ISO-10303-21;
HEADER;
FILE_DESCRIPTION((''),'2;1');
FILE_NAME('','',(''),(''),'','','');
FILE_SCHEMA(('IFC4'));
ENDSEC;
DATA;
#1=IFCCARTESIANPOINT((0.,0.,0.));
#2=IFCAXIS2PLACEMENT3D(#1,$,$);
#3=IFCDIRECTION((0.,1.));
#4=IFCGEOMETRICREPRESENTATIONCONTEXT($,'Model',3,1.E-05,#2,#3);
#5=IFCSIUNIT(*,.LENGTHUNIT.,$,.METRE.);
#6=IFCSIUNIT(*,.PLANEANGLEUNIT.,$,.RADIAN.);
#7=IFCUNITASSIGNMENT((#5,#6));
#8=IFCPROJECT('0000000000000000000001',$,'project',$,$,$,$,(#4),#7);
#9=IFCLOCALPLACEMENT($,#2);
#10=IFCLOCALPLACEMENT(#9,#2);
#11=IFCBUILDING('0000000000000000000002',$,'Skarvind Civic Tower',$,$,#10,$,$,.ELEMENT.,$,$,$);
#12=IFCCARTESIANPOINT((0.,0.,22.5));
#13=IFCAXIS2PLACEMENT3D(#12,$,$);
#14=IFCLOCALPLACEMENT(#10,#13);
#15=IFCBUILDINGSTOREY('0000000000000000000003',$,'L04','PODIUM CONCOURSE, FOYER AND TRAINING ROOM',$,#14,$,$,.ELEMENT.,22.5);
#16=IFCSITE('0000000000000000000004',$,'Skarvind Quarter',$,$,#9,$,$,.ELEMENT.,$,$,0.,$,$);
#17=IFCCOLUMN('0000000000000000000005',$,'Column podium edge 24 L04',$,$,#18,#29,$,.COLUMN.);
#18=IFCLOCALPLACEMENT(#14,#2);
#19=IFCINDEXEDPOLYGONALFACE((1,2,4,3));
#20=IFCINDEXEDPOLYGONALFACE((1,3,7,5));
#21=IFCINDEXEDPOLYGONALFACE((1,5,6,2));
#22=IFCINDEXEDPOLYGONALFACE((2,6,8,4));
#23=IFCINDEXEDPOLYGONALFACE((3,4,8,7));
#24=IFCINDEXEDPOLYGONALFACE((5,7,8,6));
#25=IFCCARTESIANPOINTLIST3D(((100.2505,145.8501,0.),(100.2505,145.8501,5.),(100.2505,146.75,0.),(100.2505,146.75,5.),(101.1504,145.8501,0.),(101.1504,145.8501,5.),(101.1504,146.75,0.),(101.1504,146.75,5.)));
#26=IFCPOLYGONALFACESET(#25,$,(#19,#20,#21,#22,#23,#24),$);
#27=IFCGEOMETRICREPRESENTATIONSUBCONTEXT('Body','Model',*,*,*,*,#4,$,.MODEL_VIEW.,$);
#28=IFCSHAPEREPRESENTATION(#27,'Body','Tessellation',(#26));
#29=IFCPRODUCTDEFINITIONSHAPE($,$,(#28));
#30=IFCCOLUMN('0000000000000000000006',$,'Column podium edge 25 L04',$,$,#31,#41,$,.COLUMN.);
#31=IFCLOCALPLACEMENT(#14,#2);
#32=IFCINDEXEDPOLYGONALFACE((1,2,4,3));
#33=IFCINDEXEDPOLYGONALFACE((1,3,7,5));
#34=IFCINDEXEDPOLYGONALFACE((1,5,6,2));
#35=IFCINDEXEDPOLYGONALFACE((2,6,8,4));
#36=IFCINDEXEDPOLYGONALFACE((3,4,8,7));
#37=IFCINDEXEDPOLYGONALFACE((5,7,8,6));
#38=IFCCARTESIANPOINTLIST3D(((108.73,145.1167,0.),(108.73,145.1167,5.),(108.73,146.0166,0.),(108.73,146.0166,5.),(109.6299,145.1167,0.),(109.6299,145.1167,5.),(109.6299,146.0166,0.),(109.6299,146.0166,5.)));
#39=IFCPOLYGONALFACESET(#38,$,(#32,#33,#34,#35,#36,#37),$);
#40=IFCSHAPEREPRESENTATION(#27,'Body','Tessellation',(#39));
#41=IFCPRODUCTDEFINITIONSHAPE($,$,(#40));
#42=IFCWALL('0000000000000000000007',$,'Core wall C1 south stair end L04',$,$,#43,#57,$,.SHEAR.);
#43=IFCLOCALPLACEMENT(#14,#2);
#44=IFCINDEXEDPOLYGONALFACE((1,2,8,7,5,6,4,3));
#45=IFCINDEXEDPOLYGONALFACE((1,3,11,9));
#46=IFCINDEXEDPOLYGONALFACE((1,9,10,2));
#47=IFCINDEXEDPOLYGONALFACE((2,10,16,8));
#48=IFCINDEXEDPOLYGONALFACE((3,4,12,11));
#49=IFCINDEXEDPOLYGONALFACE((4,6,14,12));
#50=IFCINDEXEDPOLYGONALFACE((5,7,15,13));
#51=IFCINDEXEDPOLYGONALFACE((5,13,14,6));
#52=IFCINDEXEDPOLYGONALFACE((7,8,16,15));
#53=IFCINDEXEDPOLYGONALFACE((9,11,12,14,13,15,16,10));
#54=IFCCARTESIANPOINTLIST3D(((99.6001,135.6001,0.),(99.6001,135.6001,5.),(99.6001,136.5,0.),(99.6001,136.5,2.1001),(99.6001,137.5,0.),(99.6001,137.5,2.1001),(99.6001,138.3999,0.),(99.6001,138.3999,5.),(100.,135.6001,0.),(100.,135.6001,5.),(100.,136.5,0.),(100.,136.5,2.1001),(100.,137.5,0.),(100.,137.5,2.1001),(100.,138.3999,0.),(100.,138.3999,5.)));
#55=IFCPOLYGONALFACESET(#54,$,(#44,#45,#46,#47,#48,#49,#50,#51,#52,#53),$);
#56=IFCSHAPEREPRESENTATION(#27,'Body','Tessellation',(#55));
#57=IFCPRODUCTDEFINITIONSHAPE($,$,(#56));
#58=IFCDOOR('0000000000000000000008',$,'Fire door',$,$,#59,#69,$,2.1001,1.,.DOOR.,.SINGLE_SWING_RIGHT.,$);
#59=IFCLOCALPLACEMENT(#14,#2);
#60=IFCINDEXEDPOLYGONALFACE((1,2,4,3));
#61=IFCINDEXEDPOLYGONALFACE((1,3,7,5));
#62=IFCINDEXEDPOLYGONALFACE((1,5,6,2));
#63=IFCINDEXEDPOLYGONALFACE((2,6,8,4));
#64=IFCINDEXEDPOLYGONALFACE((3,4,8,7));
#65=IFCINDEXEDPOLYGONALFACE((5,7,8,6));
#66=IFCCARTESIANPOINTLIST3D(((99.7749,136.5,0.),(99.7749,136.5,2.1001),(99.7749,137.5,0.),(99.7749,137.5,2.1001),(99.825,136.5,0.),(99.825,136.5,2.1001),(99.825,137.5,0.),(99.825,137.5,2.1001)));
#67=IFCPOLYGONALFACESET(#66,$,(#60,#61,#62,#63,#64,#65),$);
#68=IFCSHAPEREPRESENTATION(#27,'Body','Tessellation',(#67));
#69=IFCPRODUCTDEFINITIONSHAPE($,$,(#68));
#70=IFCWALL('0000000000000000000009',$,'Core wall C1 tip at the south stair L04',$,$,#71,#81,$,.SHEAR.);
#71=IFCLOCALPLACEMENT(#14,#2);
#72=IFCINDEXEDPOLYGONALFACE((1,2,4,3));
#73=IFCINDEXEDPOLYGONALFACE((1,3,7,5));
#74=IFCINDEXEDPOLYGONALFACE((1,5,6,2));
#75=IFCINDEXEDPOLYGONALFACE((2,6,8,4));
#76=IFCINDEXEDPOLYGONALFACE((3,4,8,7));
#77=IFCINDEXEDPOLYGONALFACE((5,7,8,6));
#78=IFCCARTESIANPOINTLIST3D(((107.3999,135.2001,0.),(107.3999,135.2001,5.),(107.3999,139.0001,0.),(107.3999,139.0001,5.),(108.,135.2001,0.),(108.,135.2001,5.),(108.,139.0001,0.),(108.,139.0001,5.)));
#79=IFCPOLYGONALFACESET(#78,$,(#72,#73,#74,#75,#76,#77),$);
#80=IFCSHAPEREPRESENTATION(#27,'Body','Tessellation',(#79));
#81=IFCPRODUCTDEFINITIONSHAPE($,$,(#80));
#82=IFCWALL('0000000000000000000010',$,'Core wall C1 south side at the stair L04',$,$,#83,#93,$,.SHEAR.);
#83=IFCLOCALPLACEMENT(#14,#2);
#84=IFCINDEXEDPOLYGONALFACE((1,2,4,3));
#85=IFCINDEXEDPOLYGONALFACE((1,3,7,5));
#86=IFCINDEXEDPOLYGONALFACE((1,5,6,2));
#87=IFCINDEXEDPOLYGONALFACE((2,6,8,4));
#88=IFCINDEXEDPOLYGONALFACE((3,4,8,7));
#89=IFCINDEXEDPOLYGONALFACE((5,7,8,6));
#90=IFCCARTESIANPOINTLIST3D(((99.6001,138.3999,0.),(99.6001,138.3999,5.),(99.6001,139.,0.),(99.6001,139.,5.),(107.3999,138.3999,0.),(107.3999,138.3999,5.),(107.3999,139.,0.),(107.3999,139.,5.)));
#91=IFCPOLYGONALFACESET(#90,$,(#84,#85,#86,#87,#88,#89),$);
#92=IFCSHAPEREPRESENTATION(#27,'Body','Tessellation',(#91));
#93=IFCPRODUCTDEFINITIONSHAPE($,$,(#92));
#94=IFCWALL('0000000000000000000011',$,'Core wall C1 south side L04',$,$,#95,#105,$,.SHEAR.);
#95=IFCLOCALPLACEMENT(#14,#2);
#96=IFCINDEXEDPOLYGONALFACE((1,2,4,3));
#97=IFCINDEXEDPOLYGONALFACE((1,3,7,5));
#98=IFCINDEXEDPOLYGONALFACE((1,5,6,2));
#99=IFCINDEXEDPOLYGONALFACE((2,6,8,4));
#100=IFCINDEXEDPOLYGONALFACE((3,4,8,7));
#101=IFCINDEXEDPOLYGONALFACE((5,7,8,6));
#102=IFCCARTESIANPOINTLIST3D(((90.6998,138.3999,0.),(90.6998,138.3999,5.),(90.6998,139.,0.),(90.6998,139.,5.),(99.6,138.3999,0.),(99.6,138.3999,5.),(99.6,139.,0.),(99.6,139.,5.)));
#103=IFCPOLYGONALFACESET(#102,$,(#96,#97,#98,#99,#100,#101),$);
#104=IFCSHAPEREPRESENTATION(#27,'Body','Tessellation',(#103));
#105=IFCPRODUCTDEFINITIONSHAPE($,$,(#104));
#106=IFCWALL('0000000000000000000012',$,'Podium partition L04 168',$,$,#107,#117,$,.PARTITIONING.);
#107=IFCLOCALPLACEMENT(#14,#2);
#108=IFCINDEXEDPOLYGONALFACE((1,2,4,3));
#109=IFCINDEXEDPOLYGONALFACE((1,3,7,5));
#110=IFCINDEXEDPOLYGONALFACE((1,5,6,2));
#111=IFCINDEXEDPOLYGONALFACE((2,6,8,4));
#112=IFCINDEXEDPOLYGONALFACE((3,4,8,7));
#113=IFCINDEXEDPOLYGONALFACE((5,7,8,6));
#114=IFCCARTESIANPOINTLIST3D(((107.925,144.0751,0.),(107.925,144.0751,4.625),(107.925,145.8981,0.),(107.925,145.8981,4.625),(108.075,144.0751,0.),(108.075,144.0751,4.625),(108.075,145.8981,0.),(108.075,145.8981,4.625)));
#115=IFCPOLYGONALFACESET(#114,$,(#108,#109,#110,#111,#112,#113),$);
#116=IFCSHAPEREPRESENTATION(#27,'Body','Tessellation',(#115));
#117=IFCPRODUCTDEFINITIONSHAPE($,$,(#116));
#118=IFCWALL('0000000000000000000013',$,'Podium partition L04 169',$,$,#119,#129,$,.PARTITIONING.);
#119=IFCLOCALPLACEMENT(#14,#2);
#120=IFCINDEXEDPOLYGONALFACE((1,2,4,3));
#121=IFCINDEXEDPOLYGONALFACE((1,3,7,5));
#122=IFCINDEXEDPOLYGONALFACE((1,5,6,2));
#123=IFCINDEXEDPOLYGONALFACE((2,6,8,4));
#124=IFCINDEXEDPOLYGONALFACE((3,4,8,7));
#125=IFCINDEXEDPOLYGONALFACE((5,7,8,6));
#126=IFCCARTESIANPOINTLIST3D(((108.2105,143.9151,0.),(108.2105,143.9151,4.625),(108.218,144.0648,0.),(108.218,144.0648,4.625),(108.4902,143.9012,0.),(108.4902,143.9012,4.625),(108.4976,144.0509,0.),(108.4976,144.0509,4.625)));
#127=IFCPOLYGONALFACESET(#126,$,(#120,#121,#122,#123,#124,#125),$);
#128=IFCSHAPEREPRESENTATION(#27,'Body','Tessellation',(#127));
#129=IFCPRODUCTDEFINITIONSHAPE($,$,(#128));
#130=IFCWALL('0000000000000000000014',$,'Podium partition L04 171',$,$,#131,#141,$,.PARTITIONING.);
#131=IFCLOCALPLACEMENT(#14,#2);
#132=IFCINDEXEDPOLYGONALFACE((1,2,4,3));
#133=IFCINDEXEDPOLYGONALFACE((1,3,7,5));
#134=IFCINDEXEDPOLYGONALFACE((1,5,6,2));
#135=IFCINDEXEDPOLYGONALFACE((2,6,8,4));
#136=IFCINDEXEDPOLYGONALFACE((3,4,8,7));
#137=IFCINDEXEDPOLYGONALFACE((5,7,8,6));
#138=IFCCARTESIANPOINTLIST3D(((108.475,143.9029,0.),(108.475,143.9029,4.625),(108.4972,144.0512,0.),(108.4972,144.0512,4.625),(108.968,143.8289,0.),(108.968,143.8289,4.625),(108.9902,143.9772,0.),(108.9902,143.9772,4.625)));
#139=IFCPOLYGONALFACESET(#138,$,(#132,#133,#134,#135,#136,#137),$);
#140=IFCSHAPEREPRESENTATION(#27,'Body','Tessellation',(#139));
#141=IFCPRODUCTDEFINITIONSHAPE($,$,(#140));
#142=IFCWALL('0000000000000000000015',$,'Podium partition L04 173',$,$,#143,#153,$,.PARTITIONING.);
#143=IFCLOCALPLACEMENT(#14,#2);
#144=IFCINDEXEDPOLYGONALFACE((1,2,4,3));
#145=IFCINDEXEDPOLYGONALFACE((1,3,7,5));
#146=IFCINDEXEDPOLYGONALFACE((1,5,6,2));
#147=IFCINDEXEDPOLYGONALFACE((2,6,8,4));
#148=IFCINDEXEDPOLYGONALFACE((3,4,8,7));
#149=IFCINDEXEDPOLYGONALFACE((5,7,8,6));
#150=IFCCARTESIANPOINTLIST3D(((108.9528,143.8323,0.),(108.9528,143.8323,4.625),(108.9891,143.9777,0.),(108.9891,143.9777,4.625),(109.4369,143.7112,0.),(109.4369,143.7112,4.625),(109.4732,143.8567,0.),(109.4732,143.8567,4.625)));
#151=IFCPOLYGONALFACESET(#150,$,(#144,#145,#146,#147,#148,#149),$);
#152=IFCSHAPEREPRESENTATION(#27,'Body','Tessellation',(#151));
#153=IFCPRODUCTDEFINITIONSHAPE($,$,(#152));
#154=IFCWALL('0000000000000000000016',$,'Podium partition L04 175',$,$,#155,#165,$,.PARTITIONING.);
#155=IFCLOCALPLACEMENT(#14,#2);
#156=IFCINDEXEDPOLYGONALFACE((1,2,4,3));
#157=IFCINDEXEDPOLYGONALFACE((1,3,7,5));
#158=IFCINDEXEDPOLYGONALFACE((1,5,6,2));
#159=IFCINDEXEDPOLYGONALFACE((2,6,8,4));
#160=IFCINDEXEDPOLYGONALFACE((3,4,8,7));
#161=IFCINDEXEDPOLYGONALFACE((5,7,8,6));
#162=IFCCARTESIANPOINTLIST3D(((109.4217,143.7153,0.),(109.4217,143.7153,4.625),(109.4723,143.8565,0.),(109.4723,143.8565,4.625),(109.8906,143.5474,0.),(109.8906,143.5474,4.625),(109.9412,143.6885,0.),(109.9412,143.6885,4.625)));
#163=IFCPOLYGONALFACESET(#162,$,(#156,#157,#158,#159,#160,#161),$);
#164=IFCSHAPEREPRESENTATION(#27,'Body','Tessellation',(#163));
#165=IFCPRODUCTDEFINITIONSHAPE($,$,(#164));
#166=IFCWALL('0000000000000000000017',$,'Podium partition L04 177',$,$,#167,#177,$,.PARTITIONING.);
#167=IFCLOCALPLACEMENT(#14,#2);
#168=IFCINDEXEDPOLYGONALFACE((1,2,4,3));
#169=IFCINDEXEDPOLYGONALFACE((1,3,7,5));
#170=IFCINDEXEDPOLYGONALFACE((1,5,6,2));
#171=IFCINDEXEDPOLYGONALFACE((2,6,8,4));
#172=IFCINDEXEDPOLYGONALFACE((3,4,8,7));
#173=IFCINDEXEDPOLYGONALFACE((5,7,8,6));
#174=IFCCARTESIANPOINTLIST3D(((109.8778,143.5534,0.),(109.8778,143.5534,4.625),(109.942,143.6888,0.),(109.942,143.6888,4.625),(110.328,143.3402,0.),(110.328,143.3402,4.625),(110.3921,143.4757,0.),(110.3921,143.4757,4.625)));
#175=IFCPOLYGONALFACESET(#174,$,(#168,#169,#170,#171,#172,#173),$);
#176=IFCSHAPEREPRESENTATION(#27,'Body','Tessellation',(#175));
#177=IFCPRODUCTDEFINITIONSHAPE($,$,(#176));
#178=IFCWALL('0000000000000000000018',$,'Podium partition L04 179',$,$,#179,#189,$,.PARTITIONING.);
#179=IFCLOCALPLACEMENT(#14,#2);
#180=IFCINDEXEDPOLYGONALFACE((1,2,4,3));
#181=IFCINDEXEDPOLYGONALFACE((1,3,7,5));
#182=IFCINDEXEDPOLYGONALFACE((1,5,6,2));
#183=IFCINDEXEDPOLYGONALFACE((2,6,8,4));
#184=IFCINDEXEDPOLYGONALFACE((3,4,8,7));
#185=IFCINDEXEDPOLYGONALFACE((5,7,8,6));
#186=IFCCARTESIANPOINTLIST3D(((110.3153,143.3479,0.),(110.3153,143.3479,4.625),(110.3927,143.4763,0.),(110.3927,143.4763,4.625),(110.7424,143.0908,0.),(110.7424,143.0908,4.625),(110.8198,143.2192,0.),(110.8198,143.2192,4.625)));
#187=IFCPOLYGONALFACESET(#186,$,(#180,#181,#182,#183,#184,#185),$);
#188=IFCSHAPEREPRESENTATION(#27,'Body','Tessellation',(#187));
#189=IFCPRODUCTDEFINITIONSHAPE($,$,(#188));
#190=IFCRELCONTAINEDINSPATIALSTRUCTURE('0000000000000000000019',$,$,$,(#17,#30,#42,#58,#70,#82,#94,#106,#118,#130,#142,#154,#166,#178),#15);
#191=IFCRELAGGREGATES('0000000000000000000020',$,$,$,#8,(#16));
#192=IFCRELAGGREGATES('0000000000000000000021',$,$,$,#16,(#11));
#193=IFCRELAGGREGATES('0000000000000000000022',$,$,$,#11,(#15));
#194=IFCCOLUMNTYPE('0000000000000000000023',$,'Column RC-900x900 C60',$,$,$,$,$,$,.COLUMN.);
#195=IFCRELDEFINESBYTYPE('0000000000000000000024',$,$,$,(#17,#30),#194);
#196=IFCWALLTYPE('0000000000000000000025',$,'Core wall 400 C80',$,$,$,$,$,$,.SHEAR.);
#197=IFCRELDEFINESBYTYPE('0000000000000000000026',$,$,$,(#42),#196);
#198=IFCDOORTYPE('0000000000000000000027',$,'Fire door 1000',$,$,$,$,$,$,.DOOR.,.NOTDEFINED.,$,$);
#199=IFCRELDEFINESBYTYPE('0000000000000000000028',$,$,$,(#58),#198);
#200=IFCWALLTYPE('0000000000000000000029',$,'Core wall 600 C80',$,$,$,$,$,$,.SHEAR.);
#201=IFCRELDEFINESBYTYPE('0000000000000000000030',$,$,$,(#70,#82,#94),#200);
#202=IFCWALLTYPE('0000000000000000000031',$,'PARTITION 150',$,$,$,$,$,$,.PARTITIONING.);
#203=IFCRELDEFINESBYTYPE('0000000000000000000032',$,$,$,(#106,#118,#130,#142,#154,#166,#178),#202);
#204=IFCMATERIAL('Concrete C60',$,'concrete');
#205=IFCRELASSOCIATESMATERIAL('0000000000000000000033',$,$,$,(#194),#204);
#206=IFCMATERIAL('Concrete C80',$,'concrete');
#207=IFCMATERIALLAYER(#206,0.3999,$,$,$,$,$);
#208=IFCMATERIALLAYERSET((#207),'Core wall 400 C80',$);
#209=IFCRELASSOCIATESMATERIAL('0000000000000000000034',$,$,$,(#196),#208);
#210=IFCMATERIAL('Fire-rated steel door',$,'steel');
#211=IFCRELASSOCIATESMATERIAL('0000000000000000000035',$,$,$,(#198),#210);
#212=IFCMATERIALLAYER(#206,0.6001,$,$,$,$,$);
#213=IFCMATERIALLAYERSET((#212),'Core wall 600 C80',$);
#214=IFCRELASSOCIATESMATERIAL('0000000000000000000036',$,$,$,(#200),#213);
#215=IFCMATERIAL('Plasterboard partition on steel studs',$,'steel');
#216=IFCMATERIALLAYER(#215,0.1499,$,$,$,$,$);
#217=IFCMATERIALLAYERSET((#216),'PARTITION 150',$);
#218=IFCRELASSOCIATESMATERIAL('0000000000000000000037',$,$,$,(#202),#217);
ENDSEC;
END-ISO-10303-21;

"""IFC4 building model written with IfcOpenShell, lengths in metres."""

from ifc_helpers import new_model, si_unit, direction, frame, frame_2d, origin, origin_2d, place, context, subcontext, project, spatial, rectangle, extrude, material, layer, layer_set, material_profile, profile_set, type_object, element, fill, save


model = new_model("IFC4")

# Units and contexts
model_context = context("Model", 3, precision=1e-05, world=origin(), true_north=direction((0.0, 1.0)))
body_context = subcontext(model_context, "Body", "Model", "MODEL_VIEW")
ifc_project = project(units=[si_unit("LENGTHUNIT", "METRE"), si_unit("PLANEANGLEUNIT", "RADIAN")], contexts=[model_context])

# Site, building, storey
site_placement = place(None, origin())
site = spatial("IfcSite", under=ifc_project, at=site_placement, Name="Skarvind Quarter", CompositionType="ELEMENT", RefElevation=0.0)
building_placement = place(site_placement, origin())
building = spatial("IfcBuilding", under=site, at=building_placement, Name="Skarvind Civic Tower", CompositionType="ELEMENT")
storey_placement = place(building_placement, frame((0.0, 0.0, 22.5)))
storey = spatial("IfcBuildingStorey", under=building, at=storey_placement, Name="L04", Description="PODIUM CONCOURSE, FOYER AND TRAINING ROOM", CompositionType="ELEMENT", Elevation=22.5)

# Columns
ifc_material_1 = material(Name="Concrete C60", Category="concrete")
ifc_material_profile = material_profile(ifc_material_1, rectangle(XDim=0.8999, YDim=0.8999, at=origin_2d()), Name="RC-900x900")
ifc_profile_set = profile_set([ifc_material_profile], Name="Concrete C60")
column_type = type_object("IfcColumnType", Name="Column RC-900x900 C60", PredefinedType="COLUMN", material=ifc_profile_set)
for number, where, z_axis, x_axis, name in (
    (1, (100.7004, 146.3, 0.0), (0.0, 0.0, 1.0), (1.0, 0.0, 0.0), "Column podium edge 24 L04"),
    (2, (109.1799, 145.5667, 0.0), (0.0, 0.0, 1.0), (1.0, 0.0, 0.0), "Column podium edge 25 L04"),
):
    element("IfcColumn", number, at=place(storey_placement, frame(where, z_axis=z_axis, x_axis=x_axis)), inside=storey, type_object=column_type, Name=name, PredefinedType="COLUMN", context=body_context, shape_type="SweptSolid", body=[
        extrude(rectangle(XDim=0.8999, YDim=0.8999, at=origin_2d()), origin(), (0.0, 0.0, 1.0), 5.0),
    ])

# Wall, opening, door
ifc_material_2 = material(Name="Concrete C80", Category="concrete")
ifc_layer_1 = layer(ifc_material_2, 0.3999)
ifc_layer_set_1 = layer_set([ifc_layer_1], Name="Core wall 400 C80")
wall_type_1 = type_object("IfcWallType", Name="Core wall 400 C80", PredefinedType="SHEAR", material=ifc_layer_set_1)
wall_1_placement = place(storey_placement, frame((99.8, 138.3999, 0.0), z_axis=(0.0, 0.0, 1.0), x_axis=(0.0, -1.0, 0.0)))
wall_1 = element("IfcWall", 3, at=wall_1_placement, inside=storey, type_object=wall_type_1, Name="Core wall C1 south stair end L04", PredefinedType="SHEAR", context=body_context, shape_type="SweptSolid", body=[
    extrude(rectangle(XDim=2.7998, YDim=0.3999, at=frame_2d((1.3999, 0.0))), origin(), (0.0, 0.0, 1.0), 5.0),
])
opening_1_placement = place(wall_1_placement, frame((0.8999, 0.0, 0.0)))
opening_1 = element("IfcOpeningElement", 4, at=opening_1_placement, cuts=wall_1, PredefinedType="OPENING", context=body_context, shape_type="SweptSolid", body=[
    extrude(rectangle(XDim=1.0, YDim=2.1001, at=frame_2d((0.5, 1.05))), frame((0.0, 0.21, 0.0), z_axis=(0.0, -1.0, 0.0), x_axis=(1.0, 0.0, 0.0)), (0.0, 0.0, 1.0), 0.4199),
])
ifc_material_3 = material(Name="Fire-rated steel door", Category="steel")
door_type = type_object("IfcDoorType", Name="Fire door 1000", OperationType="NOTDEFINED", PredefinedType="DOOR", material=ifc_material_3)
door_placement = place(opening_1_placement, origin())
door = element("IfcDoor", 5, at=door_placement, inside=storey, type_object=door_type, Name="Fire door", OperationType="SINGLE_SWING_RIGHT", OverallHeight=2.1001, OverallWidth=1.0, PredefinedType="DOOR", context=body_context, shape_type="SweptSolid", body=[
    extrude(rectangle(XDim=1.0, YDim=2.1001, at=frame_2d((0.5, 1.05))), frame((0.0, 0.0249, 0.0), z_axis=(0.0, -1.0, 0.0), x_axis=(1.0, 0.0, 0.0)), (0.0, 0.0, 1.0), 0.05),
])
fill(opening_1, door)

# Walls
ifc_layer_2 = layer(ifc_material_2, 0.6001)
ifc_layer_set_2 = layer_set([ifc_layer_2], Name="Core wall 600 C80")
wall_type_2 = type_object("IfcWallType", Name="Core wall 600 C80", PredefinedType="SHEAR", material=ifc_layer_set_2)
wall_2_placement = place(storey_placement, frame((107.7, 139.0, 0.0), z_axis=(0.0, 0.0, 1.0), x_axis=(0.0, -1.0, 0.0)))
element("IfcWall", 6, at=wall_2_placement, inside=storey, type_object=wall_type_2, Name="Core wall C1 tip at the south stair L04", PredefinedType="SHEAR", context=body_context, shape_type="SweptSolid", body=[
    extrude(rectangle(XDim=3.8, YDim=0.6001, at=frame_2d((1.8999, 0.0))), origin(), (0.0, 0.0, 1.0), 5.0),
])
wall_3_placement = place(storey_placement, frame((107.3999, 138.7, 0.0), z_axis=(0.0, 0.0, 1.0), x_axis=(-1.0, 0.0, 0.0)))
element("IfcWall", 7, at=wall_3_placement, inside=storey, type_object=wall_type_2, Name="Core wall C1 south side at the stair L04", PredefinedType="SHEAR", context=body_context, shape_type="SweptSolid", body=[
    extrude(rectangle(XDim=7.7998, YDim=0.6001, at=frame_2d((3.8999, 0.0))), origin(), (0.0, 0.0, 1.0), 5.0),
])
wall_4_placement = place(storey_placement, frame((99.6001, 138.7, 0.0), z_axis=(0.0, 0.0, 1.0), x_axis=(-1.0, 0.0, 0.0)))
element("IfcWall", 8, at=wall_4_placement, inside=storey, type_object=wall_type_2, Name="Core wall C1 south side L04", PredefinedType="SHEAR", context=body_context, shape_type="SweptSolid", body=[
    extrude(rectangle(XDim=8.9001, YDim=0.6001, at=frame_2d((4.4502, 0.0))), origin(), (0.0, 0.0, 1.0), 5.0),
])
ifc_material_4 = material(Name="Plasterboard partition on steel studs", Category="steel")
ifc_layer_3 = layer(ifc_material_4, 0.1499)
ifc_layer_set_3 = layer_set([ifc_layer_3], Name="PARTITION 150")
wall_type_3 = type_object("IfcWallType", Name="PARTITION 150", PredefinedType="PARTITIONING", material=ifc_layer_set_3)
wall_5_placement = place(storey_placement, frame((108.0, 144.075, 0.0), z_axis=(0.0, 0.0, 1.0), x_axis=(0.0, 1.0, 0.0)))
element("IfcWall", 9, at=wall_5_placement, inside=storey, type_object=wall_type_3, Name="Podium partition L04 168", PredefinedType="PARTITIONING", context=body_context, shape_type="SweptSolid", body=[
    extrude(rectangle(XDim=1.823, YDim=0.1499, at=frame_2d((0.9116, 0.0))), origin(), (0.0, 0.0, 1.0), 4.625),
])
wall_6_placement = place(storey_placement, frame((108.2141, 143.99, 0.0), z_axis=(0.0, 0.0, 1.0), x_axis=(0.998765, -0.049677, 0.0)))
element("IfcWall", 10, at=wall_6_placement, inside=storey, type_object=wall_type_3, Name="Podium partition L04 169", PredefinedType="PARTITIONING", context=body_context, shape_type="SweptSolid", body=[
    extrude(rectangle(XDim=0.28, YDim=0.1499, at=frame_2d((0.1401, 0.0))), origin(), (0.0, 0.0, 1.0), 4.625),
])
wall_7_placement = place(storey_placement, frame((108.4861, 143.9771, 0.0), z_axis=(0.0, 0.0, 1.0), x_axis=(0.988926, -0.148412, 0.0)))
element("IfcWall", 11, at=wall_7_placement, inside=storey, type_object=wall_type_3, Name="Podium partition L04 171", PredefinedType="PARTITIONING", context=body_context, shape_type="SweptSolid", body=[
    extrude(rectangle(XDim=0.4985, YDim=0.1499, at=frame_2d((0.2493, 0.0))), origin(), (0.0, 0.0, 1.0), 4.625),
])
wall_8_placement = place(storey_placement, frame((108.9709, 143.905, 0.0), z_axis=(0.0, 0.0, 1.0), x_axis=(0.970114, -0.242651, 0.0)))
element("IfcWall", 12, at=wall_8_placement, inside=storey, type_object=wall_type_3, Name="Podium partition L04 173", PredefinedType="PARTITIONING", context=body_context, shape_type="SweptSolid", body=[
    extrude(rectangle(XDim=0.499, YDim=0.1499, at=frame_2d((0.2495, 0.0))), origin(), (0.0, 0.0, 1.0), 4.625),
])
for number, where, z_axis, x_axis, name in (
    (13, (109.447, 143.7859, 0.0), (0.0, 0.0, 1.0), (0.941442, -0.337174, 0.0), "Podium partition L04 175"),
    (14, (109.9099, 143.6211, 0.0), (0.0, 0.0, 1.0), (0.903828, -0.427897, 0.0), "Podium partition L04 177"),
):
    element("IfcWall", number, at=place(storey_placement, frame(where, z_axis=z_axis, x_axis=x_axis)), inside=storey, type_object=wall_type_3, Name=name, PredefinedType="PARTITIONING", context=body_context, shape_type="SweptSolid", body=[
        extrude(rectangle(XDim=0.498, YDim=0.1499, at=frame_2d((0.249, 0.0))), origin(), (0.0, 0.0, 1.0), 4.625),
    ])
wall_9_placement = place(storey_placement, frame((110.354, 143.4121, 0.0), z_axis=(0.0, 0.0, 1.0), x_axis=(0.856714, -0.515792, 0.0)))
element("IfcWall", 15, at=wall_9_placement, inside=storey, type_object=wall_type_3, Name="Podium partition L04 179", PredefinedType="PARTITIONING", context=body_context, shape_type="SweptSolid", body=[
    extrude(rectangle(XDim=0.4985, YDim=0.1499, at=frame_2d((0.2493, 0.0))), origin(), (0.0, 0.0, 1.0), 4.625),
])

save(model, "model.ifc")
